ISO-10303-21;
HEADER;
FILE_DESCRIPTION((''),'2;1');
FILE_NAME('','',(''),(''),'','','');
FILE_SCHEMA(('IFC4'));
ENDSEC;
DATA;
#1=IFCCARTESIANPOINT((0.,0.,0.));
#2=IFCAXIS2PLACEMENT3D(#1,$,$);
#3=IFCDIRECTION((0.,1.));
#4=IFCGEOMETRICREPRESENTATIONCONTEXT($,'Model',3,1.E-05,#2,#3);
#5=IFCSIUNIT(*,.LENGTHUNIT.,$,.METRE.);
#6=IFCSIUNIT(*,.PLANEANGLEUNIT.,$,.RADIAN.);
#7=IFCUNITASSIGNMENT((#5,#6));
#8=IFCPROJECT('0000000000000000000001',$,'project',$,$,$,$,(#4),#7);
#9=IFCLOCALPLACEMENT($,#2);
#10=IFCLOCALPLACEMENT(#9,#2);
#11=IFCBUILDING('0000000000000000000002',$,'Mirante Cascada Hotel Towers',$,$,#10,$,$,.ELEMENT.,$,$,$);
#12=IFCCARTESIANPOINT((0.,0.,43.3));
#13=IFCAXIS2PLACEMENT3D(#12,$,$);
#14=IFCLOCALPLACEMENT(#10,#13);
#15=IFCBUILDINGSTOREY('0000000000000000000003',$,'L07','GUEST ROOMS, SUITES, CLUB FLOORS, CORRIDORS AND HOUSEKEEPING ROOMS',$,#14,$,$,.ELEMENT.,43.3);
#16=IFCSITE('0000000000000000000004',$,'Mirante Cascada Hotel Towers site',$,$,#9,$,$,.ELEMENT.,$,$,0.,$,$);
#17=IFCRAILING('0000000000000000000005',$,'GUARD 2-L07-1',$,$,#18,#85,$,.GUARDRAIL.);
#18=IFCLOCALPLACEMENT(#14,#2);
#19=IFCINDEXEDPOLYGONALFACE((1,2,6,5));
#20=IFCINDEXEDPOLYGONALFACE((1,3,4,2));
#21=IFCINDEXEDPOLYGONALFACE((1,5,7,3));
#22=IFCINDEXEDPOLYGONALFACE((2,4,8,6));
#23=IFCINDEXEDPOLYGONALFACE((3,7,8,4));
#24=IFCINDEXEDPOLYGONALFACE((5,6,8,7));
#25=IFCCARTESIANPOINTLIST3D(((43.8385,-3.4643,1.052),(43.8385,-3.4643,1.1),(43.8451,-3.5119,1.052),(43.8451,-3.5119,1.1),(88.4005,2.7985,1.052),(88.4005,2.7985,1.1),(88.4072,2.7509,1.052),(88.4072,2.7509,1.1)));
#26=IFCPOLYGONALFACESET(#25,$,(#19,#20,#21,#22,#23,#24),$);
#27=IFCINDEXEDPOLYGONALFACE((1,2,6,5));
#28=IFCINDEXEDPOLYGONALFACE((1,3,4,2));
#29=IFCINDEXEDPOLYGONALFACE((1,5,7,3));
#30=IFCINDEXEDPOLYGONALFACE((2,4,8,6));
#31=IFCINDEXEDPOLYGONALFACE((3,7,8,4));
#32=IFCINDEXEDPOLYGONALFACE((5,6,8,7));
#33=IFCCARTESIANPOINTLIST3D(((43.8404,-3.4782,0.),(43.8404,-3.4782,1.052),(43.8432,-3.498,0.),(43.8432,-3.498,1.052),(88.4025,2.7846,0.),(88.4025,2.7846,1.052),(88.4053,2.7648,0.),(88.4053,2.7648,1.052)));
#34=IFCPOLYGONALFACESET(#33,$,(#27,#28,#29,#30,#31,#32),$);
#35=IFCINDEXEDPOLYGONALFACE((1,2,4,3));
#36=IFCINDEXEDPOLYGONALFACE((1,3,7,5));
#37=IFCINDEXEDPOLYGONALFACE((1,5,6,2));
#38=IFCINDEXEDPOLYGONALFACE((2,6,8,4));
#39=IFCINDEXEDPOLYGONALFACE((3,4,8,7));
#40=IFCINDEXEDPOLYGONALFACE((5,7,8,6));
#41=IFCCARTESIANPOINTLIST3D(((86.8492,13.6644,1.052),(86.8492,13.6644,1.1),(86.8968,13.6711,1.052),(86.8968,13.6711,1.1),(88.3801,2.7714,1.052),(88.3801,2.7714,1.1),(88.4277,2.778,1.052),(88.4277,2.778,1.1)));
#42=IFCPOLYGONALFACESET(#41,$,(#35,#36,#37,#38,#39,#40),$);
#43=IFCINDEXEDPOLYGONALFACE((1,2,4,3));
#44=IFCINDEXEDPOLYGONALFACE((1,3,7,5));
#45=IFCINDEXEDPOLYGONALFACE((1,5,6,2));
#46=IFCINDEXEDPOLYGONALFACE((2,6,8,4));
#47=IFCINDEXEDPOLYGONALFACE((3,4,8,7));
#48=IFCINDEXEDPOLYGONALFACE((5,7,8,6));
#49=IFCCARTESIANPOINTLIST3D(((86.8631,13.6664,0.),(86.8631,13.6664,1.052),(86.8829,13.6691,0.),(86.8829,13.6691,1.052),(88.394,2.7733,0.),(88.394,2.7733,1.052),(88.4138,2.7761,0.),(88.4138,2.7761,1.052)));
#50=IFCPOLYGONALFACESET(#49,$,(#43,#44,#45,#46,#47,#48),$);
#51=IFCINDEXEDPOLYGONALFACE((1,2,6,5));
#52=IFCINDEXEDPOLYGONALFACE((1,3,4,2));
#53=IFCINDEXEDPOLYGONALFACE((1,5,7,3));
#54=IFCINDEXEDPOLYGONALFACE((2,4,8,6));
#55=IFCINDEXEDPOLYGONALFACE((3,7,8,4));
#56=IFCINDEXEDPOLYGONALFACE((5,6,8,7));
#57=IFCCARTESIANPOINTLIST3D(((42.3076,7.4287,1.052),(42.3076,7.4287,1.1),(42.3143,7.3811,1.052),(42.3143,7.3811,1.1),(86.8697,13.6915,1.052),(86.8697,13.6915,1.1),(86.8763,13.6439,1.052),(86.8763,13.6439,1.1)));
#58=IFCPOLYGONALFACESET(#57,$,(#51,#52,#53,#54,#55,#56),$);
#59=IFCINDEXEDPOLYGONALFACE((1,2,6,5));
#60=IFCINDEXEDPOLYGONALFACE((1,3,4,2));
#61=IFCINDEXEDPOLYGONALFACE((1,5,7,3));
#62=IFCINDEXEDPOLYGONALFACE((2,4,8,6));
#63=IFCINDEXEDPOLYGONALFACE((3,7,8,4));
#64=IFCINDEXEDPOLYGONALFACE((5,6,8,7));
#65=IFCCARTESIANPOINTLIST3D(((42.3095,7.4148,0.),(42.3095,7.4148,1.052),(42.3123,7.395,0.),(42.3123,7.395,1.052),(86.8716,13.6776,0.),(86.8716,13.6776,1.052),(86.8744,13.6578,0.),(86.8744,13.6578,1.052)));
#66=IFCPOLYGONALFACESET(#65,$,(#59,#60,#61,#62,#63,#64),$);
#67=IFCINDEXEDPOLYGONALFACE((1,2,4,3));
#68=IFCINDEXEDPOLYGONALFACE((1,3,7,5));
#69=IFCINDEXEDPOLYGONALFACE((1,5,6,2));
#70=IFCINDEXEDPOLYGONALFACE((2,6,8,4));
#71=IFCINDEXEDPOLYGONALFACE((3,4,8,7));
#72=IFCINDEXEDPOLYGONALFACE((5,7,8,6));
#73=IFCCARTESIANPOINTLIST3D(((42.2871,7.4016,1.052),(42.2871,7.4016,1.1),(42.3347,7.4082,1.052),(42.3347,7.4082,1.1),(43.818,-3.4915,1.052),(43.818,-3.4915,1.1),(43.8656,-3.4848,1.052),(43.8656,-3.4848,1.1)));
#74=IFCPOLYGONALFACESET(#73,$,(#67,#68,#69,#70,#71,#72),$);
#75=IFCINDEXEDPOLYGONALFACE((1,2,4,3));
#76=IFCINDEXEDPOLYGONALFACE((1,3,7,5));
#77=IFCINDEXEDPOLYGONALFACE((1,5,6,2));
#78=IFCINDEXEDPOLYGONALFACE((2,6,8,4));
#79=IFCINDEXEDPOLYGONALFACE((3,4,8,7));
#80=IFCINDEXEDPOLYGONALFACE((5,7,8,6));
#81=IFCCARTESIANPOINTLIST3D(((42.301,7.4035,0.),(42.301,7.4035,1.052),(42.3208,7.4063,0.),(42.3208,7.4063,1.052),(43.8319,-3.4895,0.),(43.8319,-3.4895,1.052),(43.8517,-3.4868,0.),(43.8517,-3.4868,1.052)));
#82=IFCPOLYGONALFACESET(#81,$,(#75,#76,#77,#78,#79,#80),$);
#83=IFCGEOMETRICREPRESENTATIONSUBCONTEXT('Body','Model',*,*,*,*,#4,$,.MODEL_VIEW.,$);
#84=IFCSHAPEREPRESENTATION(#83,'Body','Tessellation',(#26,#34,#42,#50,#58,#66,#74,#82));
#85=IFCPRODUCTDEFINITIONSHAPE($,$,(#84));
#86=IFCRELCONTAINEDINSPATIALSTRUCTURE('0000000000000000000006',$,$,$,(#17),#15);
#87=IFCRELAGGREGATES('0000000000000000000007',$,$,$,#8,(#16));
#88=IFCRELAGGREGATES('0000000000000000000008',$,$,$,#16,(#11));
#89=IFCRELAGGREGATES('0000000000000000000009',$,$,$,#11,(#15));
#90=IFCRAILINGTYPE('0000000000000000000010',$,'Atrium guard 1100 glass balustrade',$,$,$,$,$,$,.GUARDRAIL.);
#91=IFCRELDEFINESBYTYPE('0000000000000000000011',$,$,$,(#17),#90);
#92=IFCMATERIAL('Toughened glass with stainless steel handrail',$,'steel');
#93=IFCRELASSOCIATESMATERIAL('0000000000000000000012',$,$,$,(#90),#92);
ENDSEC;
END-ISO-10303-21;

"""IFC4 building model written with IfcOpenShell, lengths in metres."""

from ifc_helpers import new_model, si_unit, direction, frame, origin, origin_2d, place, context, subcontext, project, spatial, rectangle, extrude, material, type_object, element, save


model = new_model("IFC4")

# Units and contexts
model_context = context("Model", 3, precision=1e-05, world=origin(), true_north=direction((0.0, 1.0)))
body_context = subcontext(model_context, "Body", "Model", "MODEL_VIEW")
ifc_project = project(units=[si_unit("LENGTHUNIT", "METRE"), si_unit("PLANEANGLEUNIT", "RADIAN")], contexts=[model_context])

# Site, building, storey
site_placement = place(None, origin())
site = spatial("IfcSite", under=ifc_project, at=site_placement, Name="Mirante Cascada Hotel Towers site", CompositionType="ELEMENT", RefElevation=0.0)
building_placement = place(site_placement, origin())
building = spatial("IfcBuilding", under=site, at=building_placement, Name="Mirante Cascada Hotel Towers", CompositionType="ELEMENT")
storey_placement = place(building_placement, frame((0.0, 0.0, 43.3)))
storey = spatial("IfcBuildingStorey", under=building, at=storey_placement, Name="L07", Description="GUEST ROOMS, SUITES, CLUB FLOORS, CORRIDORS AND HOUSEKEEPING ROOMS", CompositionType="ELEMENT", Elevation=43.3)

# Railing
ifc_material_1 = material(Name="Toughened glass with stainless steel handrail", Category="steel")
railing_type = type_object("IfcRailingType", Name="Atrium guard 1100 glass balustrade", PredefinedType="GUARDRAIL", material=ifc_material_1)
railing_placement = place(storey_placement, frame((43.8418, -3.4881, 0.0)))
element("IfcRailing", 1, at=railing_placement, inside=storey, type_object=railing_type, Name="GUARD 2-L07-1", PredefinedType="GUARDRAIL", context=body_context, shape_type="SweptSolid", body=[
    extrude(rectangle(XDim=0.048, YDim=0.048, at=origin_2d()), frame((0.0, 0.0, 1.076), z_axis=(0.990268, 0.139173, 0.0), x_axis=(-0.139173, 0.990268, 0.0)), (0.0, 0.0, 1.0), 45.0),
    extrude(rectangle(XDim=0.02, YDim=1.052, at=origin_2d()), frame((0.0, 0.0, 0.526), z_axis=(0.990268, 0.139173, 0.0), x_axis=(-0.139173, 0.990268, 0.0)), (0.0, 0.0, 1.0), 45.0),
    extrude(rectangle(XDim=0.048, YDim=0.048, at=origin_2d()), frame((44.5621, 6.2628, 1.076), z_axis=(-0.139172, 0.990268, 0.0), x_axis=(-0.990268, -0.139172, 0.0)), (0.0, 0.0, 1.0), 11.0001),
    extrude(rectangle(XDim=0.02, YDim=1.052, at=origin_2d()), frame((44.5621, 6.2628, 0.526), z_axis=(-0.139172, 0.990268, 0.0), x_axis=(-0.990268, -0.139172, 0.0)), (0.0, 0.0, 1.0), 11.0001),
    extrude(rectangle(XDim=0.048, YDim=0.048, at=origin_2d()), frame((43.0312, 17.1558, 1.076), z_axis=(-0.990268, -0.139173, 0.0), x_axis=(0.139173, -0.990268, 0.0)), (0.0, 0.0, 1.0), 45.0),
    extrude(rectangle(XDim=0.02, YDim=1.052, at=origin_2d()), frame((43.0312, 17.1558, 0.526), z_axis=(-0.990268, -0.139173, 0.0), x_axis=(0.139173, -0.990268, 0.0)), (0.0, 0.0, 1.0), 45.0),
    extrude(rectangle(XDim=0.048, YDim=0.048, at=origin_2d()), frame((-1.5309, 10.893, 1.076), z_axis=(0.139172, -0.990268, 0.0), x_axis=(0.990268, 0.139172, 0.0)), (0.0, 0.0, 1.0), 11.0001),
    extrude(rectangle(XDim=0.02, YDim=1.052, at=origin_2d()), frame((-1.5309, 10.893, 0.526), z_axis=(0.139172, -0.990268, 0.0), x_axis=(0.990268, 0.139172, 0.0)), (0.0, 0.0, 1.0), 11.0001),
])

save(model, "model.ifc")
